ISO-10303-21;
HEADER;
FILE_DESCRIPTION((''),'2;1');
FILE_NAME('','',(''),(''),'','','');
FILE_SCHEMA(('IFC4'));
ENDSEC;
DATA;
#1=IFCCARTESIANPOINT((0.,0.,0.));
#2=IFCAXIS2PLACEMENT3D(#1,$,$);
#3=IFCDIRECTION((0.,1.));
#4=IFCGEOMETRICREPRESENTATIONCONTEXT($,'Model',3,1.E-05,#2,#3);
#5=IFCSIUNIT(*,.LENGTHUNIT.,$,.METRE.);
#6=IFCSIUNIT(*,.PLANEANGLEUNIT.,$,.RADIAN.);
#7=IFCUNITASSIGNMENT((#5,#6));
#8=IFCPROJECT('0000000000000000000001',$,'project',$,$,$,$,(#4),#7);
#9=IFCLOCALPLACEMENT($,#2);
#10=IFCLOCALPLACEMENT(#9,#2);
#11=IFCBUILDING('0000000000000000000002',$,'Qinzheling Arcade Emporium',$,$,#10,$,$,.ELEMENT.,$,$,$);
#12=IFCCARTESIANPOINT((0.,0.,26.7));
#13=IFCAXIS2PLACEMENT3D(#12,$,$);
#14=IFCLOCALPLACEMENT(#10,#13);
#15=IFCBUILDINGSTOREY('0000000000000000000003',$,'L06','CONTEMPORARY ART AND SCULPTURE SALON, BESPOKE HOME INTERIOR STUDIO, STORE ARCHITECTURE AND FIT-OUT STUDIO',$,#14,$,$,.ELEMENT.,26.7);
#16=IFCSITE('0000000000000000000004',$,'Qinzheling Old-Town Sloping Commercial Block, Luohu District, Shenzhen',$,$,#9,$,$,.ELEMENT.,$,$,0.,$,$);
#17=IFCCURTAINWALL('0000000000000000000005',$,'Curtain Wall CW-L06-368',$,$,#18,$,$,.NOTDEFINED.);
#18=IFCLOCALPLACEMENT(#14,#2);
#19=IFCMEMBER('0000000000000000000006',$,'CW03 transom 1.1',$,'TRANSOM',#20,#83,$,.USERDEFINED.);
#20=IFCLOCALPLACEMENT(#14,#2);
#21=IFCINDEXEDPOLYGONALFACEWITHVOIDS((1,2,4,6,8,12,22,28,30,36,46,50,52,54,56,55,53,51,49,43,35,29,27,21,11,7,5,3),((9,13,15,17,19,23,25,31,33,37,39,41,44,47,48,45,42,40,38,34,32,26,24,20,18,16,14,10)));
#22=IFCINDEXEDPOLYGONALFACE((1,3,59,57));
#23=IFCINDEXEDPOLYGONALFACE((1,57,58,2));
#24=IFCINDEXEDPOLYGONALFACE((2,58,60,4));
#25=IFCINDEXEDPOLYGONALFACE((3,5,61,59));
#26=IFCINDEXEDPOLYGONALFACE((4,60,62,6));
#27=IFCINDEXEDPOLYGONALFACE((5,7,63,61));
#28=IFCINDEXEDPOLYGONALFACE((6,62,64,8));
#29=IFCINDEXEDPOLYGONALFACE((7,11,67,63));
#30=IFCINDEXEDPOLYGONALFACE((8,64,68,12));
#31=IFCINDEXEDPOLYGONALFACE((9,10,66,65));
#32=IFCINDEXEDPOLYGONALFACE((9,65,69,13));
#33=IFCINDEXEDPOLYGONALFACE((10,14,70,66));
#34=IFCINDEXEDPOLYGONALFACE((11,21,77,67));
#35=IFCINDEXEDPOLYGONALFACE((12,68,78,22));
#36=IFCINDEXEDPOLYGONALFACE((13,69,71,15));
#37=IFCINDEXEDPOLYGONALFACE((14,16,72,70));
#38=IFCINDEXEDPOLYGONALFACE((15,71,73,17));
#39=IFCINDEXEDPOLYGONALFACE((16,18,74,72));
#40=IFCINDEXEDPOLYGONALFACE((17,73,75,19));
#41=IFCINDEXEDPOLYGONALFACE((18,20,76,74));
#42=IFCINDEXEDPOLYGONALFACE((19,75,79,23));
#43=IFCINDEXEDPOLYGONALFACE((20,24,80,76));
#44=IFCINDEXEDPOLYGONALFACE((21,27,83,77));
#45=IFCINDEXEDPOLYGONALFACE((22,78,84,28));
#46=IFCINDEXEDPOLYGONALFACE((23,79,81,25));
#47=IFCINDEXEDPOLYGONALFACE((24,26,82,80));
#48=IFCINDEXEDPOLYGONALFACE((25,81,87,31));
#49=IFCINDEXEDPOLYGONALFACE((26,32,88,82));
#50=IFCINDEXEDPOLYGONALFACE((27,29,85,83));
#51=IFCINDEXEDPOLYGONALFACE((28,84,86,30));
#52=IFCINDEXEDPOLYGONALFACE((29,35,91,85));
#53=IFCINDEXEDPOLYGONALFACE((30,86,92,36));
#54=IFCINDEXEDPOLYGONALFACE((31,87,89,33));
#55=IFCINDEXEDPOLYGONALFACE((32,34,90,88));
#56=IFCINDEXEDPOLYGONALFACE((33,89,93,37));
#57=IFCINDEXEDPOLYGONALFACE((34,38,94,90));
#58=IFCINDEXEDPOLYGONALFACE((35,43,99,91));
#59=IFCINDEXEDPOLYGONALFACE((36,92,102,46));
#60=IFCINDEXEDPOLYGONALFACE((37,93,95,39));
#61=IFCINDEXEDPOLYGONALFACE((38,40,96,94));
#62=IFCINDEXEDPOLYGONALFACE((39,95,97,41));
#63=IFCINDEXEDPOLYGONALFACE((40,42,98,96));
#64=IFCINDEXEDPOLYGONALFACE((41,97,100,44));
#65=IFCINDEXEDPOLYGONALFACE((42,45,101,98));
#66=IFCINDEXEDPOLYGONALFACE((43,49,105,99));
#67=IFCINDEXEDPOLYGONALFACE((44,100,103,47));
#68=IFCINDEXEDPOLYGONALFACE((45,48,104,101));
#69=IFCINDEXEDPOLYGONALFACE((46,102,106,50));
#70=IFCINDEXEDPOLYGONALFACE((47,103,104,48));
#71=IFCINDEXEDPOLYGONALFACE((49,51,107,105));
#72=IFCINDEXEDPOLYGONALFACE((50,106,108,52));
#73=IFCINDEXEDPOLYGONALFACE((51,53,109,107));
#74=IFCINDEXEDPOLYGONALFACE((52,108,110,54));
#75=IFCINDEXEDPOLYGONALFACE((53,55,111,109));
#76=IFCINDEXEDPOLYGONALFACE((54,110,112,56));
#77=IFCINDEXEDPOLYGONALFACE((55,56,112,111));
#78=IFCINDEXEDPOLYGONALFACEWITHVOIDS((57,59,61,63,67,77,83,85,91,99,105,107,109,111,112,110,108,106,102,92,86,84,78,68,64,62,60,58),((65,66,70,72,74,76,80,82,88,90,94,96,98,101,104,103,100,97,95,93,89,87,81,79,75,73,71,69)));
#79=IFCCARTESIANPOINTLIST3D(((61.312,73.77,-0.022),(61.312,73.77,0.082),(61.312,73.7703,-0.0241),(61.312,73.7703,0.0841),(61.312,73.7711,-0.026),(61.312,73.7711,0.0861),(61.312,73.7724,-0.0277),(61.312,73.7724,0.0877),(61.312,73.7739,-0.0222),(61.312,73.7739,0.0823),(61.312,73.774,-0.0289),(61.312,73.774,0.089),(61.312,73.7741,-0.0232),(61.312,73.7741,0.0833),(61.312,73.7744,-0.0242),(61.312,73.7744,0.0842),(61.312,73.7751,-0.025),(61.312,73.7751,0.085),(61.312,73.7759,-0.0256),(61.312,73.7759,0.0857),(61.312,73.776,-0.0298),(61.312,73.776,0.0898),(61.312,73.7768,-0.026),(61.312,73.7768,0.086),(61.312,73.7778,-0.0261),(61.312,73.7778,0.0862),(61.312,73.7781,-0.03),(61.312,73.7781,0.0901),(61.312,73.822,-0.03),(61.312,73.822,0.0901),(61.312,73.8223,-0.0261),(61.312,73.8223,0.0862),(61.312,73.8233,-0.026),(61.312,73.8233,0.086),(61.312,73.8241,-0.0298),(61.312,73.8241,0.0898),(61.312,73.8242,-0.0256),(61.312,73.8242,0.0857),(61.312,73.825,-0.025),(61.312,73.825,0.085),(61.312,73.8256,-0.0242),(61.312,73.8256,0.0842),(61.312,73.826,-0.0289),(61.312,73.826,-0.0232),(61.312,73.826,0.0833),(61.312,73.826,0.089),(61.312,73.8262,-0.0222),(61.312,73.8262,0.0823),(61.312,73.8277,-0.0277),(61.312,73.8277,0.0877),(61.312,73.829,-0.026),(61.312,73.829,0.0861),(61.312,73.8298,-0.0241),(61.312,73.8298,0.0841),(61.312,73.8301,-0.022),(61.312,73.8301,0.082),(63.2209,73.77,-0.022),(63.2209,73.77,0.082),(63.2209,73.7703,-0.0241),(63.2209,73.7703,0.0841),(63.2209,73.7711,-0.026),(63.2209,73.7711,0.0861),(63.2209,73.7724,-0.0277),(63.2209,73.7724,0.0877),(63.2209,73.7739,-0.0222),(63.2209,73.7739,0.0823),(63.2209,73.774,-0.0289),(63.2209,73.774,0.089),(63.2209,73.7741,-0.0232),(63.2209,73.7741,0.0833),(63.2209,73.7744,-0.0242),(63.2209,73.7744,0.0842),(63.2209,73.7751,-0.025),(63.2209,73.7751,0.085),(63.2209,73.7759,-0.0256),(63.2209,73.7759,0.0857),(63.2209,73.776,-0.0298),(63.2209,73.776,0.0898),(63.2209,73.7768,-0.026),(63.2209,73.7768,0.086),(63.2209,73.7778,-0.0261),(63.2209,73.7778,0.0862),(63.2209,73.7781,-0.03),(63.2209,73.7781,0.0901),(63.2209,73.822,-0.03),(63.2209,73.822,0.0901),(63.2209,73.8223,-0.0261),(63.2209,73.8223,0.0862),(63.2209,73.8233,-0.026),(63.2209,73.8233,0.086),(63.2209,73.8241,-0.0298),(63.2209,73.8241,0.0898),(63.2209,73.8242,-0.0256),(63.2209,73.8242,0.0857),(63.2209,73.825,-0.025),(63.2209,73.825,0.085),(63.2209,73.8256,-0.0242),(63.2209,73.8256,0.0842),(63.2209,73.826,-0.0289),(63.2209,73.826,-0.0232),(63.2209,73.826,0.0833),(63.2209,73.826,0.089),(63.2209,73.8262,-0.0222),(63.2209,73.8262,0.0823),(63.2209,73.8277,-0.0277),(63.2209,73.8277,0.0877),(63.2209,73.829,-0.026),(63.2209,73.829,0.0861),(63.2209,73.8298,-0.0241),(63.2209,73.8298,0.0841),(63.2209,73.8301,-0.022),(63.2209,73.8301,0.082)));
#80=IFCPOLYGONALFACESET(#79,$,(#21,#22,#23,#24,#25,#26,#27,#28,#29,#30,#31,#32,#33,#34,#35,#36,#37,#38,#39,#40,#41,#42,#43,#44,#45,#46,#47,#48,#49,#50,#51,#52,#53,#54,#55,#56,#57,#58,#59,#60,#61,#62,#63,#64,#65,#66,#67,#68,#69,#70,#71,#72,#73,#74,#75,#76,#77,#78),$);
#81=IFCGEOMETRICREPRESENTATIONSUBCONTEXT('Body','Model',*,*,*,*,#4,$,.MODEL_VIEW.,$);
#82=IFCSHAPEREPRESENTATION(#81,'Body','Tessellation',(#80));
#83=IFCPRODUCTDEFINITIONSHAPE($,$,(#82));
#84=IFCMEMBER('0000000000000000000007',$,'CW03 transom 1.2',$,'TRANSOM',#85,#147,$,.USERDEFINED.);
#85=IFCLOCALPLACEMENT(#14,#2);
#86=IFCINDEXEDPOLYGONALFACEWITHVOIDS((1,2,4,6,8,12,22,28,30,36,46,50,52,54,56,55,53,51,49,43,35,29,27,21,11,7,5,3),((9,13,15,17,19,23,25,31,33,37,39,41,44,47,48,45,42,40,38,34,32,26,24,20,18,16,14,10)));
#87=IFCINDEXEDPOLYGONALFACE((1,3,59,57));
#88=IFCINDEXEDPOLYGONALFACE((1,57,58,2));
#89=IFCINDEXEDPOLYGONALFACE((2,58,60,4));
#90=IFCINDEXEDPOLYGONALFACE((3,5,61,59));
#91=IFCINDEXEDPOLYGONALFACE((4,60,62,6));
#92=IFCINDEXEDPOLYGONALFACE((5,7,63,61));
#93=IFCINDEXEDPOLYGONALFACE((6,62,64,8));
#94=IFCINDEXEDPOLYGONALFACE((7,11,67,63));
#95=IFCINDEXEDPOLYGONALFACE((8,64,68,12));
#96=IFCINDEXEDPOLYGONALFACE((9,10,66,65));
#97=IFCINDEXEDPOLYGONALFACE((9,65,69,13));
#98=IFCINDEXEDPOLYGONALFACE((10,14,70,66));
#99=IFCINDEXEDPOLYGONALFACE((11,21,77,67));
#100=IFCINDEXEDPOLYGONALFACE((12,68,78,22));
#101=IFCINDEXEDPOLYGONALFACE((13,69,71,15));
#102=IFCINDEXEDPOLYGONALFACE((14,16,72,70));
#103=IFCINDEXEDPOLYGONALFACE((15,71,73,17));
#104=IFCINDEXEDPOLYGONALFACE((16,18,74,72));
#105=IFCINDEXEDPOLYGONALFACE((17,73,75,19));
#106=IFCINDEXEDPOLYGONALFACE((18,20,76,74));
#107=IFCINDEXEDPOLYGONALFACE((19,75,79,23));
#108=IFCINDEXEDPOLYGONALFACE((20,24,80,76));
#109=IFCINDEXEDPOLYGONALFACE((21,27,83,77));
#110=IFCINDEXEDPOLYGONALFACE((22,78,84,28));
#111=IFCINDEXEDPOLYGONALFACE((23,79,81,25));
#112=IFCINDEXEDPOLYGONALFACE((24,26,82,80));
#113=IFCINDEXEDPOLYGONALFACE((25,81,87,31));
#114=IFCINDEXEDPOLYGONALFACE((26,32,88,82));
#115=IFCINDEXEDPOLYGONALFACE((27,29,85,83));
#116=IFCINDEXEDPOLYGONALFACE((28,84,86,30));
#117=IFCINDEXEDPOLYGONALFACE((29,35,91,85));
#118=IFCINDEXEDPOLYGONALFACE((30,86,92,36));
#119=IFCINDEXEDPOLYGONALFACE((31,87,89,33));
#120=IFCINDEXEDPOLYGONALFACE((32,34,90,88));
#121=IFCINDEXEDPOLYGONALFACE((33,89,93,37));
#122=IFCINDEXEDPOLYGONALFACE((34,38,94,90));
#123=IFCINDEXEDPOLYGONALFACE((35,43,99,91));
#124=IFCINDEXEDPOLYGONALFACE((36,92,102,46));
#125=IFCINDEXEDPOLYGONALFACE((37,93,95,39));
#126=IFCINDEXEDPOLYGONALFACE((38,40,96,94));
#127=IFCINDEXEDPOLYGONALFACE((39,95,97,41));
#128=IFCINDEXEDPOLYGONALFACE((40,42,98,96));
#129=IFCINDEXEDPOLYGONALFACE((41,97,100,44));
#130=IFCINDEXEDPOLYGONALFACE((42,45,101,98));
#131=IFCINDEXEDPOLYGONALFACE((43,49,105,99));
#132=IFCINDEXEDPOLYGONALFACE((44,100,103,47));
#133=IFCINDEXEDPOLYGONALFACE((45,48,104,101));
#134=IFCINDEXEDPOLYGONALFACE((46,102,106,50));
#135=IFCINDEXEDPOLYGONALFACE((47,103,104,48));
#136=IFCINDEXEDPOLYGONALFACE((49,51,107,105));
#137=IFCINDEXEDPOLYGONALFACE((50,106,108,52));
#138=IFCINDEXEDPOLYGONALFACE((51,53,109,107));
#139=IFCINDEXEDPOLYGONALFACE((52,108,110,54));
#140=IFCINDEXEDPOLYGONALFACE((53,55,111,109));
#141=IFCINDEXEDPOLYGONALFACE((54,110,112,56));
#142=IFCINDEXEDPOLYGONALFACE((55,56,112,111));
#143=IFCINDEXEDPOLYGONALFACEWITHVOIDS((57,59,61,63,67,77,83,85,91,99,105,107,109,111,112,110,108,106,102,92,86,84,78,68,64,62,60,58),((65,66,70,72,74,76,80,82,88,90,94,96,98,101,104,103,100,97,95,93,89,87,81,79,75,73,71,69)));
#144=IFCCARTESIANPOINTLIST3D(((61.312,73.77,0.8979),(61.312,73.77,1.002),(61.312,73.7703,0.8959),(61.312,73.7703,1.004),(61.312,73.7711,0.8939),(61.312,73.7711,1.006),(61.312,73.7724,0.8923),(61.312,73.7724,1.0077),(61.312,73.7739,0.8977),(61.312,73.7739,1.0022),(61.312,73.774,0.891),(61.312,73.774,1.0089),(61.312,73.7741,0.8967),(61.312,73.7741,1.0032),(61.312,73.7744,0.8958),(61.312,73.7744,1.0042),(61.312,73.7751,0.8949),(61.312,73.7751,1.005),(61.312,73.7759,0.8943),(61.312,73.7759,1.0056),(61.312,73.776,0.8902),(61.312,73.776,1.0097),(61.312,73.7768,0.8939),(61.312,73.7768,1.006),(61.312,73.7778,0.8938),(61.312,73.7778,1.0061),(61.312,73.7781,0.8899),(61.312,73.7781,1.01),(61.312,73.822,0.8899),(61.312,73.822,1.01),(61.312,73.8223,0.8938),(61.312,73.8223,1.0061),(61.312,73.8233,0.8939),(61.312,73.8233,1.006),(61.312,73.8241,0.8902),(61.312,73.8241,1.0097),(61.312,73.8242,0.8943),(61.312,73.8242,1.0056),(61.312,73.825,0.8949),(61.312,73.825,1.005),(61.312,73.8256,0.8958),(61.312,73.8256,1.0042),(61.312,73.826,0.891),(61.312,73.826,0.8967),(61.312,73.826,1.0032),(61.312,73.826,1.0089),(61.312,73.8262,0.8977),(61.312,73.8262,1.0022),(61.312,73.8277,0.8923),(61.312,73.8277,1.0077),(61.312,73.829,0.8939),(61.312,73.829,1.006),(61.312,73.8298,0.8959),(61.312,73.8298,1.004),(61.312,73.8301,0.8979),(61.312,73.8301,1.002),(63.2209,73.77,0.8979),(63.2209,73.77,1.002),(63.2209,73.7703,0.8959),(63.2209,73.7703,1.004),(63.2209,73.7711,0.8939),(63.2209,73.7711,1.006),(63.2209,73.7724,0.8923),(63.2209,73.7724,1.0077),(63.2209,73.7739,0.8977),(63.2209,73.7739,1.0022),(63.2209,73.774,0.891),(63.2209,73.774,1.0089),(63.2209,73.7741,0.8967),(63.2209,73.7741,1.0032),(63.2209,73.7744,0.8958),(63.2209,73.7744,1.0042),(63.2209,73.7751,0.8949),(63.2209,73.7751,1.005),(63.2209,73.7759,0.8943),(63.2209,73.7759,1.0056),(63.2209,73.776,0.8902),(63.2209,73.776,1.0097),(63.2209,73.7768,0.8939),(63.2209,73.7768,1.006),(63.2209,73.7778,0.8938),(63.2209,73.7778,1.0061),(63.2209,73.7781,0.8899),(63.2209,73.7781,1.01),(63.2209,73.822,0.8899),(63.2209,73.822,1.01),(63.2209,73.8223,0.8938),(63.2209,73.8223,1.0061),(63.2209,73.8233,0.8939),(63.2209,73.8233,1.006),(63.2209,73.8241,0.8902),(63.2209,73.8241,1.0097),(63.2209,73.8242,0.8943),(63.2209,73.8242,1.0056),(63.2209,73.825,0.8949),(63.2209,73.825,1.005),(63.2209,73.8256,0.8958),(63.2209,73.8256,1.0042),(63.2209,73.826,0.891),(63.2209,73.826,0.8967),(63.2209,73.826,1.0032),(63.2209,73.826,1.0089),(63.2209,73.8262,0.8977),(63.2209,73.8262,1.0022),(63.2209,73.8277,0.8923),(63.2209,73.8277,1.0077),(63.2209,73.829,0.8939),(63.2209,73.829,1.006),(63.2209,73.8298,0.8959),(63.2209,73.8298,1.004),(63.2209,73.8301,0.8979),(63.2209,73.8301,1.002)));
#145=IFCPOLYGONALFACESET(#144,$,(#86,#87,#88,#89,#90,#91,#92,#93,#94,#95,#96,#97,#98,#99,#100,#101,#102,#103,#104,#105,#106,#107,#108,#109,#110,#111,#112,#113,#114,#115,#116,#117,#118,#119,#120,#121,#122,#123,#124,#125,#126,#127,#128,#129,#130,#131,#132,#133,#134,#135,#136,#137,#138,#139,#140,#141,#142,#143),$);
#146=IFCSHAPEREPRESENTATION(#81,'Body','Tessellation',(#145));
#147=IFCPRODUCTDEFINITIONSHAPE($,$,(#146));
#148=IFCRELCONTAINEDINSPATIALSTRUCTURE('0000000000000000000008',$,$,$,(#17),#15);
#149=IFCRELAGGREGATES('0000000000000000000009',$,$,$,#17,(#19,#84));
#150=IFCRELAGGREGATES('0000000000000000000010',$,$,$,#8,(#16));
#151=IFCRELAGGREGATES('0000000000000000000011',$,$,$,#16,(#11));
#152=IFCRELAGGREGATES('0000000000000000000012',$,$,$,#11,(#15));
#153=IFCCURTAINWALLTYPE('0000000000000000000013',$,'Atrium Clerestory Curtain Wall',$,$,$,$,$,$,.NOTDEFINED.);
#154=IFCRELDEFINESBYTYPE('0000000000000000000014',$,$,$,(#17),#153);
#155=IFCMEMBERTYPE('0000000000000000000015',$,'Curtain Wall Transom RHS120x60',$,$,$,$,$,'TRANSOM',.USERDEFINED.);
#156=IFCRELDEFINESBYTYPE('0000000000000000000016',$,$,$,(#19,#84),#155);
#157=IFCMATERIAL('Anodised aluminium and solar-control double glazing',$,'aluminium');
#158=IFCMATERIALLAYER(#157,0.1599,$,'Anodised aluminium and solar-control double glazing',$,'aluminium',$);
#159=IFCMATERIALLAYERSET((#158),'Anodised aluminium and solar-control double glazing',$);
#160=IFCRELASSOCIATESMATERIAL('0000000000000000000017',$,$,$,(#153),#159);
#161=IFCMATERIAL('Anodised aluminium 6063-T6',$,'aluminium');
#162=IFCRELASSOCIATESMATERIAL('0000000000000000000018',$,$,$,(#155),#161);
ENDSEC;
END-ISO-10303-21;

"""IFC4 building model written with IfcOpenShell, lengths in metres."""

from ifc_helpers import new_model, si_unit, direction, frame, origin, origin_2d, place, context, subcontext, project, spatial, hollow_rectangle, extrude, material, layer, layer_set, material_profile, profile_set, type_object, element, aggregate, save


model = new_model("IFC4")

# Units and contexts
model_context = context("Model", 3, precision=1e-05, world=origin(), true_north=direction((0.0, 1.0)))
body_context = subcontext(model_context, "Body", "Model", "MODEL_VIEW")
ifc_project = project(units=[si_unit("LENGTHUNIT", "METRE"), si_unit("PLANEANGLEUNIT", "RADIAN")], contexts=[model_context])

# Site, building, storey
site_placement = place(None, origin())
site = spatial("IfcSite", under=ifc_project, at=site_placement, Name="Qinzheling Old-Town Sloping Commercial Block, Luohu District, Shenzhen", CompositionType="ELEMENT", RefElevation=0.0)
building_placement = place(site_placement, origin())
building = spatial("IfcBuilding", under=site, at=building_placement, Name="Qinzheling Arcade Emporium", CompositionType="ELEMENT")
storey_placement = place(building_placement, frame((0.0, 0.0, 26.7)))
storey = spatial("IfcBuildingStorey", under=building, at=storey_placement, Name="L06", Description="CONTEMPORARY ART AND SCULPTURE SALON, BESPOKE HOME INTERIOR STUDIO, STORE ARCHITECTURE AND FIT-OUT STUDIO", CompositionType="ELEMENT", Elevation=26.7)

# Shared definitions
ifc_material_1 = material(Name="Anodised aluminium and solar-control double glazing", Category="aluminium")
ifc_layer_1 = layer(ifc_material_1, 0.1599, Name="Anodised aluminium and solar-control double glazing", Category="aluminium")
ifc_layer_set_1 = layer_set([ifc_layer_1], Name="Anodised aluminium and solar-control double glazing")
curtain_wall_type = type_object("IfcCurtainWallType", Name="Atrium Clerestory Curtain Wall", PredefinedType="NOTDEFINED", material=ifc_layer_set_1)
ifc_material_2 = material(Name="Anodised aluminium 6063-T6", Category="aluminium")

# Curtain wall
curtain_wall_1_placement = place(storey_placement, origin())
curtain_wall_1 = element("IfcCurtainWall", 1, at=curtain_wall_1_placement, inside=storey, type_object=curtain_wall_type, Name="Curtain Wall CW-L06-368", PredefinedType="NOTDEFINED")

# Members
ifc_material_profile_1 = material_profile(ifc_material_2, hollow_rectangle(XDim=0.0601, YDim=0.1201, WallThickness=0.0039, InnerFilletRadius=0.0039, OuterFilletRadius=0.0081, at=origin_2d()), Name="RHS 120x60x4", Category="aluminium")
ifc_profile_set_1 = profile_set([ifc_material_profile_1], Name="Anodised aluminium 6063-T6")
member_type_1 = type_object("IfcMemberType", Name="Curtain Wall Transom RHS120x60", ElementType="TRANSOM", PredefinedType="USERDEFINED", material=ifc_profile_set_1)
member_1_placement = place(storey_placement, frame((61.312, 73.8, 0.03), z_axis=(1.0, 0.0, 0.0), x_axis=(0.0, 1.0, 0.0)))
member_1 = element("IfcMember", 2, at=member_1_placement, type_object=member_type_1, Name="CW03 transom 1.1", ObjectType="TRANSOM", PredefinedType="USERDEFINED", context=body_context, shape_type="SweptSolid", body=[
    extrude(hollow_rectangle(XDim=0.0601, YDim=0.1201, WallThickness=0.0039, InnerFilletRadius=0.0039, OuterFilletRadius=0.0081, at=origin_2d()), origin(), (0.0, 0.0, 1.0), 1.9089),
])
member_2_placement = place(storey_placement, frame((61.312, 73.8, 0.95), z_axis=(1.0, 0.0, 0.0), x_axis=(0.0, 1.0, 0.0)))
member_2 = element("IfcMember", 3, at=member_2_placement, type_object=member_type_1, Name="CW03 transom 1.2", ObjectType="TRANSOM", PredefinedType="USERDEFINED", context=body_context, shape_type="SweptSolid", body=[
    extrude(hollow_rectangle(XDim=0.0601, YDim=0.1201, WallThickness=0.0039, InnerFilletRadius=0.0039, OuterFilletRadius=0.0081, at=origin_2d()), origin(), (0.0, 0.0, 1.0), 1.9089),
])

aggregate(curtain_wall_1, [member_1, member_2])

save(model, "model.ifc")
